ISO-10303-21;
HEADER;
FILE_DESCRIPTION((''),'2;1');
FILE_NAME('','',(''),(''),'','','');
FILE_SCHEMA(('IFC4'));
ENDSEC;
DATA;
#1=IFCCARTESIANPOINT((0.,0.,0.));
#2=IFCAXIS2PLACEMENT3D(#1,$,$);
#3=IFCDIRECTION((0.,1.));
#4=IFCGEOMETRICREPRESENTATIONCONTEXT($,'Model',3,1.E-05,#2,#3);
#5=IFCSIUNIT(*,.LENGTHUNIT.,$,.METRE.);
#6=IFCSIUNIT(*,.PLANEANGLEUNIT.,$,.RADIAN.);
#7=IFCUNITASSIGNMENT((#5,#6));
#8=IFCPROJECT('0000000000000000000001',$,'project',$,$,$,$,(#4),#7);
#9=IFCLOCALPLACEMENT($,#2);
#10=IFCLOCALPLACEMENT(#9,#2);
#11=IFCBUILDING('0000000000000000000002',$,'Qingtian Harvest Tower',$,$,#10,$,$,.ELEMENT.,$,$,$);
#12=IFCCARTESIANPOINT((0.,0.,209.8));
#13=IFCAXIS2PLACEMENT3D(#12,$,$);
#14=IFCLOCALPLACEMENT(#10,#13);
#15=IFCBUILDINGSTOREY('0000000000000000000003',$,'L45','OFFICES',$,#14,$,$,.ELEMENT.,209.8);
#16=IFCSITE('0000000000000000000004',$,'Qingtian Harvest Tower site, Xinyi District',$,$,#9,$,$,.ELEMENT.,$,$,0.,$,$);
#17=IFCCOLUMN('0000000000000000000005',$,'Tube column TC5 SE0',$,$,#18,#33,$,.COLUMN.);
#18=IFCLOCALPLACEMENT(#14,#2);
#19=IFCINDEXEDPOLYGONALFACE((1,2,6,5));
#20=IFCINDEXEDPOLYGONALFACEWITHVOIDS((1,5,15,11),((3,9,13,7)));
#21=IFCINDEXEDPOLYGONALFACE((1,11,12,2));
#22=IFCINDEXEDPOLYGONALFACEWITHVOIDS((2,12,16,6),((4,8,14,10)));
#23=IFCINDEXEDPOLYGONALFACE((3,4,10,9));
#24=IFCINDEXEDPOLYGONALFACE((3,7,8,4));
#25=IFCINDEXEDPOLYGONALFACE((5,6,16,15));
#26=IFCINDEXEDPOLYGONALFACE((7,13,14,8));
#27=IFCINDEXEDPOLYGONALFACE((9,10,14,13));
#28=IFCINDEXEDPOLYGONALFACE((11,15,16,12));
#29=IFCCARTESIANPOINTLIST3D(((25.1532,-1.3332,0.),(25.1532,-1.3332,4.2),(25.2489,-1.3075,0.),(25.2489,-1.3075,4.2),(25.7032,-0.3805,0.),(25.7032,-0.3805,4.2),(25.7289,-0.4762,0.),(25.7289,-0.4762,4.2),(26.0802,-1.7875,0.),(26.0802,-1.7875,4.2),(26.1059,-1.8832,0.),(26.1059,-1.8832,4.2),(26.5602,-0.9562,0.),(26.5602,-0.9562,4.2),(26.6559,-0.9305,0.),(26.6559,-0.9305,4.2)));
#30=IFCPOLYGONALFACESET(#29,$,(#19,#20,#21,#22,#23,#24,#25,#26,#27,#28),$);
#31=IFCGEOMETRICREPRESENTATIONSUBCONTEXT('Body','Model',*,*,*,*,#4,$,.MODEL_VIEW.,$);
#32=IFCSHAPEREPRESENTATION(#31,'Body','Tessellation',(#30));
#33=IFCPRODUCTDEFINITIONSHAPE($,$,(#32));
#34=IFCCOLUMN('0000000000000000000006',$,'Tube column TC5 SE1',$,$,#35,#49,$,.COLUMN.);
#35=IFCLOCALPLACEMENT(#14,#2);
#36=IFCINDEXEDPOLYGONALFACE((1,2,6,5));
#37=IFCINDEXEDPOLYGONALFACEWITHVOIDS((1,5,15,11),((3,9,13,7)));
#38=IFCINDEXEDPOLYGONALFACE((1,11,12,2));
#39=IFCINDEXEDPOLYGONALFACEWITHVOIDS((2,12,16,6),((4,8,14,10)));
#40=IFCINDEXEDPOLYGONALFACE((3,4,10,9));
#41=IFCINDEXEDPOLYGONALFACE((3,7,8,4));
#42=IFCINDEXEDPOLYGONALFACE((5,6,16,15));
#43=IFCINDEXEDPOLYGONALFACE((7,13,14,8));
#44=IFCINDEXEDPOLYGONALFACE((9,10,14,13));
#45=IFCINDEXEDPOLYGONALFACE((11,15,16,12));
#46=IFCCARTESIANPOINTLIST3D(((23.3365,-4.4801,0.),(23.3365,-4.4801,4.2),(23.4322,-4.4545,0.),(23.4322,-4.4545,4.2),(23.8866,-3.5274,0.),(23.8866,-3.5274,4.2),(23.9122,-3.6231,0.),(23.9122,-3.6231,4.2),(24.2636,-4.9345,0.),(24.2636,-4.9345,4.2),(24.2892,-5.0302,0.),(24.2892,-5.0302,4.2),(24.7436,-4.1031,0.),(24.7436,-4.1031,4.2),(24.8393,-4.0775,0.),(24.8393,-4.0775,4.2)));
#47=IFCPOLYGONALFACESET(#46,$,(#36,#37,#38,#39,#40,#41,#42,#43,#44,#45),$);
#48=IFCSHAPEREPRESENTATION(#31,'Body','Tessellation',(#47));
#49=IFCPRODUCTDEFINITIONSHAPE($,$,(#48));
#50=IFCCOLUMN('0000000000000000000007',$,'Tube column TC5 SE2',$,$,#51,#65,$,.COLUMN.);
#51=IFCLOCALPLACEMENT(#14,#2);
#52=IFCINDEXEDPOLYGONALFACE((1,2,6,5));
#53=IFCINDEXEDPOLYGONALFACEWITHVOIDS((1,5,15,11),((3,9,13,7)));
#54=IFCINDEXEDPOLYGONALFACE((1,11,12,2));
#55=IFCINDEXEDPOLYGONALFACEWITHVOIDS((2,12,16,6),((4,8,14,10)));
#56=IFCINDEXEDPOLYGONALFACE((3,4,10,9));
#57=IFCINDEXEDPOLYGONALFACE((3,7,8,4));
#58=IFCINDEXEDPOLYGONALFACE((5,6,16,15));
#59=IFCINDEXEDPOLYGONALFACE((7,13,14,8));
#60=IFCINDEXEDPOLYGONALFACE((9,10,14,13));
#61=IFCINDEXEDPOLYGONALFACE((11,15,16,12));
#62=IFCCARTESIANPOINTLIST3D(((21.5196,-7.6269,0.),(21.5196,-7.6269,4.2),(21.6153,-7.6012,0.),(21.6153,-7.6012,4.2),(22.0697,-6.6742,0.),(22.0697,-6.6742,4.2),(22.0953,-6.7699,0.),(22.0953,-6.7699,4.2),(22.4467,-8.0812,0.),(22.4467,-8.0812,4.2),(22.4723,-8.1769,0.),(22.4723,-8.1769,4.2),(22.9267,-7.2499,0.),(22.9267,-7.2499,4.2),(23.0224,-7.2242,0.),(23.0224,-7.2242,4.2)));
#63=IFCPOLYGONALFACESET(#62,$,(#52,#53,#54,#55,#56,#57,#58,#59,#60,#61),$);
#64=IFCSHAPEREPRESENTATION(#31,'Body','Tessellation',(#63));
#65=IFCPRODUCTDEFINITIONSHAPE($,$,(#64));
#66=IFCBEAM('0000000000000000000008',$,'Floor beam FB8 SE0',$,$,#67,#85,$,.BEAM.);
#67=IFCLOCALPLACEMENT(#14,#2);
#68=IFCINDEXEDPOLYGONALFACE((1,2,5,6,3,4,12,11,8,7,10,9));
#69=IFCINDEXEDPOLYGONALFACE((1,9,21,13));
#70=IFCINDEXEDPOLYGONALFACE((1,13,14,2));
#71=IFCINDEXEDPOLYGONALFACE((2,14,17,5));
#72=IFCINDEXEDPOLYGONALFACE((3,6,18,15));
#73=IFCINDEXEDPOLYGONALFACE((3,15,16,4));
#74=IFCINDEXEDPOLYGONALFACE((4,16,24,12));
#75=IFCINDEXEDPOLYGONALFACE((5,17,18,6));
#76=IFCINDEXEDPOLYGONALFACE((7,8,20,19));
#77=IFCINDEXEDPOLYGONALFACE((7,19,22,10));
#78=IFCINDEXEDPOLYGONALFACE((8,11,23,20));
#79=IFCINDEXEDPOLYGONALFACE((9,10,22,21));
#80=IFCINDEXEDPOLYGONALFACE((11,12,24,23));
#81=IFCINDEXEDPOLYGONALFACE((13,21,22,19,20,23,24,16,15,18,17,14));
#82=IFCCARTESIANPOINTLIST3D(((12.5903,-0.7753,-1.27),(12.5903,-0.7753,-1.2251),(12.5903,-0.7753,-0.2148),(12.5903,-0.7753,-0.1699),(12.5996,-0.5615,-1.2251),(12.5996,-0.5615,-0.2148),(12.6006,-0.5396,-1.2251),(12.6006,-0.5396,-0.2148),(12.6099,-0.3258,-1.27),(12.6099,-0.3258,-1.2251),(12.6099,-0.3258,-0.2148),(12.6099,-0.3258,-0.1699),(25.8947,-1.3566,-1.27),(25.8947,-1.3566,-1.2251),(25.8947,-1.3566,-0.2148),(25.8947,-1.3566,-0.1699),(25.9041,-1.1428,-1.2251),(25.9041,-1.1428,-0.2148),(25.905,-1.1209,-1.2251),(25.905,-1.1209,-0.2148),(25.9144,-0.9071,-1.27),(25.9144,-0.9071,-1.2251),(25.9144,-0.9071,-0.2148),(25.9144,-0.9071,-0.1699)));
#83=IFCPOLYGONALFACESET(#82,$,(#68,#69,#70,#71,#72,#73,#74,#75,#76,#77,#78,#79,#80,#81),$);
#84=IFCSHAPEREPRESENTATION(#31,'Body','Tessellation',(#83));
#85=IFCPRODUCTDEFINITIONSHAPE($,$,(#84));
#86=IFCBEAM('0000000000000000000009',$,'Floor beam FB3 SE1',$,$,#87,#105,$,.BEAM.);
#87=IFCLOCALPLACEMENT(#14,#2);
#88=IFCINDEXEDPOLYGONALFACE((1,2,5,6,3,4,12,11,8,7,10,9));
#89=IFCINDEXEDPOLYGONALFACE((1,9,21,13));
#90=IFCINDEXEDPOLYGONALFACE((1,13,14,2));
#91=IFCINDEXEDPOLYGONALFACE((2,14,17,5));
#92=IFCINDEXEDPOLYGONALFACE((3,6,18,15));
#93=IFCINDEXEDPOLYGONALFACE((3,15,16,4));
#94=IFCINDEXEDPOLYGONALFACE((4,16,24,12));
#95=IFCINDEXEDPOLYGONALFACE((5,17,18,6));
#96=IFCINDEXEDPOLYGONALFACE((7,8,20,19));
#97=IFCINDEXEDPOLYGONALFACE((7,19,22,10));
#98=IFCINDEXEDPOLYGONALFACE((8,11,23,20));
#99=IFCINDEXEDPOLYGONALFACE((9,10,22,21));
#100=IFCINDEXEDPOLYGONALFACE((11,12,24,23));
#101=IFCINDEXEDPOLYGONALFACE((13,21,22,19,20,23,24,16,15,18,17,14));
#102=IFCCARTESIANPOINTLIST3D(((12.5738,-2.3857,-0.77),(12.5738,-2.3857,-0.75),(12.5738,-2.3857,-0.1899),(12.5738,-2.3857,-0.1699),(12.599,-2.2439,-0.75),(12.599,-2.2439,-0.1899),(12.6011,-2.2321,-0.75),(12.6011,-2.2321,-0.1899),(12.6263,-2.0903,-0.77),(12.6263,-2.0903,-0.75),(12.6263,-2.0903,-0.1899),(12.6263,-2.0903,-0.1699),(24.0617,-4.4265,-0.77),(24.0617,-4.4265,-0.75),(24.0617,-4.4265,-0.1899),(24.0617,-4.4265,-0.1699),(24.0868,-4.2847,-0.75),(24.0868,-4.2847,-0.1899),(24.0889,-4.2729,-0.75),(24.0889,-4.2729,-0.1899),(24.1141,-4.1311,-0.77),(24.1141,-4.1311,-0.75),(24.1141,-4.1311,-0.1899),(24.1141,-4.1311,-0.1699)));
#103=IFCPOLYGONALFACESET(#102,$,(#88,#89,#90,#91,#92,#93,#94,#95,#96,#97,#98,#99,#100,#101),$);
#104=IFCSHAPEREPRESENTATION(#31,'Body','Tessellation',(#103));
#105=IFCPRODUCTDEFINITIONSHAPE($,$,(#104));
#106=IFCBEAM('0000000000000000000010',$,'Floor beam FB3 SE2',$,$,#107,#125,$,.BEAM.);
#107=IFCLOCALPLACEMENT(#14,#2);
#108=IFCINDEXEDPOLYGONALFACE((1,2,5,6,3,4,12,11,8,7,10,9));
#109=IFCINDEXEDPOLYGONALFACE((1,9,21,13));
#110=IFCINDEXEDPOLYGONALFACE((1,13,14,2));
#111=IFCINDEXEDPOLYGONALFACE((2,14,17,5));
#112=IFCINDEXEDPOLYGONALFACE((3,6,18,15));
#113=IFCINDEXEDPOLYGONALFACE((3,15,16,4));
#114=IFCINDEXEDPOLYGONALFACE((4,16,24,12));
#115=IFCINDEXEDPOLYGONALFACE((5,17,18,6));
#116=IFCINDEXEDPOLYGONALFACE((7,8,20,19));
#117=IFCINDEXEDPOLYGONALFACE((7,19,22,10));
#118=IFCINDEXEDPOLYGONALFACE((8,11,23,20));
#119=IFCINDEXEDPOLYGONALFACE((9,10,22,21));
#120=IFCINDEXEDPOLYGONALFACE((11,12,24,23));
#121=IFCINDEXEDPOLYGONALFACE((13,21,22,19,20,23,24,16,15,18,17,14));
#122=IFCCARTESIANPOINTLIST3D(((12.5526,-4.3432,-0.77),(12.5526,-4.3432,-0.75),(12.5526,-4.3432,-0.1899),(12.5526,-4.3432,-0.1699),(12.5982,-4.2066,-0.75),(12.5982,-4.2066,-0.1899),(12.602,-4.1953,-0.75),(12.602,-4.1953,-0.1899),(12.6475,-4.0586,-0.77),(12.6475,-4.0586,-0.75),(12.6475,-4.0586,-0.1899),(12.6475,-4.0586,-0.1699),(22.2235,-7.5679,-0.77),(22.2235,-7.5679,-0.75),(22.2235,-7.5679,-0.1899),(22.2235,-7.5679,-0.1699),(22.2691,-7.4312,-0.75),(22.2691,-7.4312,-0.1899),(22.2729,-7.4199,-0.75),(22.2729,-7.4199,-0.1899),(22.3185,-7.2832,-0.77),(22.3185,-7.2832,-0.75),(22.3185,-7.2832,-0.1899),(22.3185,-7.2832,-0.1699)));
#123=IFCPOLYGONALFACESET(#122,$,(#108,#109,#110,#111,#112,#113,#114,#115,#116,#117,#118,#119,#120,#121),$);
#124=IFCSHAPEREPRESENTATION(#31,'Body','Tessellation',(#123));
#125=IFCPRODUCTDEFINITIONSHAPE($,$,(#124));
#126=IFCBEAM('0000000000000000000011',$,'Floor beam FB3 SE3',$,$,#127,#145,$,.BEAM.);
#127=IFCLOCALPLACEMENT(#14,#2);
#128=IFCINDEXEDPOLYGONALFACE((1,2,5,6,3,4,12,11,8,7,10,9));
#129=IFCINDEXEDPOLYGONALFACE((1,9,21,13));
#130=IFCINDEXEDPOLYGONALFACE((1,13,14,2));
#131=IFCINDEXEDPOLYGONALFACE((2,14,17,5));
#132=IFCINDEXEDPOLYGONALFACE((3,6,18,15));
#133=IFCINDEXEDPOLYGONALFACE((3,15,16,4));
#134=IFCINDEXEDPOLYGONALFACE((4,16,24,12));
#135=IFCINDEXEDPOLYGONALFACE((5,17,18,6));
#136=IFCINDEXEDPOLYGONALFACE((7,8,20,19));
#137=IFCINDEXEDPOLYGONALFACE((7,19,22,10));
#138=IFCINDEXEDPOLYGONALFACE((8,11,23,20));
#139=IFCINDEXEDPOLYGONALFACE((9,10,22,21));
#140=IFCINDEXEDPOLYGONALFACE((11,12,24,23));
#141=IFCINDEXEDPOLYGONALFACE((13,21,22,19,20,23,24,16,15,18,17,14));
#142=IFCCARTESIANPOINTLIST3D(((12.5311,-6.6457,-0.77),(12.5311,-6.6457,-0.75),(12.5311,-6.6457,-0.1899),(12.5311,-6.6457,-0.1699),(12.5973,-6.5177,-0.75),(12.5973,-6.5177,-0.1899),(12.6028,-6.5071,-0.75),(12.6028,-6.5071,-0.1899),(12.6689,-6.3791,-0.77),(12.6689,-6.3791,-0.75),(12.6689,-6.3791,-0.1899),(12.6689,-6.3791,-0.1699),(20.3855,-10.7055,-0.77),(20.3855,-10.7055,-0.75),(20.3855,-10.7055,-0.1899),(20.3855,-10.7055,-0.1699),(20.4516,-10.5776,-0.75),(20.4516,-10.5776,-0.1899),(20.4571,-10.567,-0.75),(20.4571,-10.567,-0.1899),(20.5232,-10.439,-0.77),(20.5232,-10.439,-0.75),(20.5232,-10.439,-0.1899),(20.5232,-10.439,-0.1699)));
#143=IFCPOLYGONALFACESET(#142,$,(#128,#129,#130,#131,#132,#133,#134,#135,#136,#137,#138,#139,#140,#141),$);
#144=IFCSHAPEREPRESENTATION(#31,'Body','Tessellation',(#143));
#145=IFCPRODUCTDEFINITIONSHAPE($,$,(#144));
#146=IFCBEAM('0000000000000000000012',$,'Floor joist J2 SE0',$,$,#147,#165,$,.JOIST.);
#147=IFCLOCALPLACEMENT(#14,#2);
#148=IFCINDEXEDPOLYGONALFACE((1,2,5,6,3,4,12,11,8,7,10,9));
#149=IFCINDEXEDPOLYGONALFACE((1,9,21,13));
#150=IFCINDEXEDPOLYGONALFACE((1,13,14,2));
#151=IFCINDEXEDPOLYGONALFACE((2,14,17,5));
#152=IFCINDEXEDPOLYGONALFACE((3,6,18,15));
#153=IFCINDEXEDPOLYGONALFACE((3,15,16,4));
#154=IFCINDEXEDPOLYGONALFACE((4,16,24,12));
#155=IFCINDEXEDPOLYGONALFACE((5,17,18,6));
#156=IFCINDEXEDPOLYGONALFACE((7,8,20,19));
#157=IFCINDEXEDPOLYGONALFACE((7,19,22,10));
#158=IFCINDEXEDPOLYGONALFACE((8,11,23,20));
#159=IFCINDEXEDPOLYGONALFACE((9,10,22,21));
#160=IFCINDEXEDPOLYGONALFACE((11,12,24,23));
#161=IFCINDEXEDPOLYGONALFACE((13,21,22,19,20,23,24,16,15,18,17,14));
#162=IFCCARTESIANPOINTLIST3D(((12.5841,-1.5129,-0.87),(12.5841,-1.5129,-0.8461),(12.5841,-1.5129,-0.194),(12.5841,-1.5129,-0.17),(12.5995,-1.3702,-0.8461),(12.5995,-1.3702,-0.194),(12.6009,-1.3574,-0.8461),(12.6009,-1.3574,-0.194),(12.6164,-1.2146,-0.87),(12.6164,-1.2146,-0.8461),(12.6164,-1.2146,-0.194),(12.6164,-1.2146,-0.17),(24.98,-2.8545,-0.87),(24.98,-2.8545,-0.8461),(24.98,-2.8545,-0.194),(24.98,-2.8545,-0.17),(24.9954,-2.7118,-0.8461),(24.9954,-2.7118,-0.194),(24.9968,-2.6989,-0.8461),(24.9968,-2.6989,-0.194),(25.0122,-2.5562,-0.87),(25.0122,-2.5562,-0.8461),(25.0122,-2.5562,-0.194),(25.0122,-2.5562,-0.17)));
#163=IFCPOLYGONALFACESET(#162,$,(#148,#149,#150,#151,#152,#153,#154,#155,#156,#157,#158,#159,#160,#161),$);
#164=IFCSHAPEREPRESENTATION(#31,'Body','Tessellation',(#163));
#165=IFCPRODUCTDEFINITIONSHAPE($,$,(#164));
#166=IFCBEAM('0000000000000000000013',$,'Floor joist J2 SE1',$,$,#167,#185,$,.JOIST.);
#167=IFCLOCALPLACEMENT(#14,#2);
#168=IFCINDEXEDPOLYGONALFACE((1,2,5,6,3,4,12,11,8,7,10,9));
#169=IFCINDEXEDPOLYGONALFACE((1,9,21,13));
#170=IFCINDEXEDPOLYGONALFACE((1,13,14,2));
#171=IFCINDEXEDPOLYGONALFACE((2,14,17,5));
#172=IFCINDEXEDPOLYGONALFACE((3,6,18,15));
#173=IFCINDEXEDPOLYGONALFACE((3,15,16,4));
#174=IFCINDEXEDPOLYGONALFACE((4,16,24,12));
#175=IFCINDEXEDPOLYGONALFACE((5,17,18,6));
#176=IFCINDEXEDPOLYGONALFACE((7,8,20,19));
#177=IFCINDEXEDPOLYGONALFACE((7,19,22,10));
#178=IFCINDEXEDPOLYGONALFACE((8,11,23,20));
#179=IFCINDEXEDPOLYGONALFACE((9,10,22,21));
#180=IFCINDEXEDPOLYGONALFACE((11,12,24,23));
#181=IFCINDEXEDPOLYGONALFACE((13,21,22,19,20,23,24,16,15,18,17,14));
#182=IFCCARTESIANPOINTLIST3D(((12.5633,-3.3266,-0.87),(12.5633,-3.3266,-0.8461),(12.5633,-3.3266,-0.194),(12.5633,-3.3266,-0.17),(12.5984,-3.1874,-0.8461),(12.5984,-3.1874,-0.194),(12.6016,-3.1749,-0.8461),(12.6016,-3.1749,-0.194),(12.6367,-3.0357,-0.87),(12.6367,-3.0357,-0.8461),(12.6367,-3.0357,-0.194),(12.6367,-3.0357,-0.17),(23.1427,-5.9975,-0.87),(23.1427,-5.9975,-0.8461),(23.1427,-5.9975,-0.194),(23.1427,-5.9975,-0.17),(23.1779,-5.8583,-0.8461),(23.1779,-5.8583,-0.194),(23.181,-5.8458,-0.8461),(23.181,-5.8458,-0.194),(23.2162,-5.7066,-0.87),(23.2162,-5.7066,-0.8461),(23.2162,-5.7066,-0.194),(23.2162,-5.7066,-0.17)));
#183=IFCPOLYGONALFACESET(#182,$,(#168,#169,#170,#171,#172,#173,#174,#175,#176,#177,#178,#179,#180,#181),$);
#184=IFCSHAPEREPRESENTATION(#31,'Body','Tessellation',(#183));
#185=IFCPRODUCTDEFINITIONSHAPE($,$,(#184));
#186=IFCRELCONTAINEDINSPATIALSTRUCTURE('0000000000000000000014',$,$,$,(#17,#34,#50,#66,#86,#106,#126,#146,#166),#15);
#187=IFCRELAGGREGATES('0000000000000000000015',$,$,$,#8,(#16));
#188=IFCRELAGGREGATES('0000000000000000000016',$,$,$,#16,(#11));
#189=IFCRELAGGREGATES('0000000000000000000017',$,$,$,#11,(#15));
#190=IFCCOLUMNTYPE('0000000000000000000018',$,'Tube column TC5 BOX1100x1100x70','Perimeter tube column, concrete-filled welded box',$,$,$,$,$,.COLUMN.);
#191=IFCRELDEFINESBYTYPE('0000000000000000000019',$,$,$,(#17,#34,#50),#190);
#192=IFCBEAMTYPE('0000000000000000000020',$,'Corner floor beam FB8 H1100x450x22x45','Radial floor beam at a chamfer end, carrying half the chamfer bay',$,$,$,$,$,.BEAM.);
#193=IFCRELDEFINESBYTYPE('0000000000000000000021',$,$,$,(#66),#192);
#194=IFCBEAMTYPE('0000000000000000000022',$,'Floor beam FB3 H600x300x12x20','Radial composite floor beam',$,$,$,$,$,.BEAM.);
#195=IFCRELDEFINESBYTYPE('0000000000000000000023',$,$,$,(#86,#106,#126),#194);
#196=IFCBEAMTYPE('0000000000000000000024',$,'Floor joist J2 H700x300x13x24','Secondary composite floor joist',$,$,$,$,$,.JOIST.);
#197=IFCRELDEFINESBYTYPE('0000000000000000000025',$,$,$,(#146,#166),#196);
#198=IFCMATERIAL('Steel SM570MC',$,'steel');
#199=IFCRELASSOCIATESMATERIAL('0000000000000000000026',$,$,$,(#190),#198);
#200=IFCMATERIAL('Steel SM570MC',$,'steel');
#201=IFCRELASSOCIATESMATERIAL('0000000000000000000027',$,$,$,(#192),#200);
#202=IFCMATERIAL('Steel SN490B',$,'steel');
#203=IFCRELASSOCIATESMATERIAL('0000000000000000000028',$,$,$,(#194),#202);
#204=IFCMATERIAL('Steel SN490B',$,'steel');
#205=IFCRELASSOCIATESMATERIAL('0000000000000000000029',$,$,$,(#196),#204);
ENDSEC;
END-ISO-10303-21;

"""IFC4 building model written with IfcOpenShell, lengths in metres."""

from ifc_helpers import new_model, si_unit, direction, frame, origin, origin_2d, place, context, subcontext, project, spatial, hollow_rectangle, i_section, extrude, material, material_profile, profile_set, type_object, element, save


model = new_model("IFC4")

# Units and contexts
model_context = context("Model", 3, precision=1e-05, world=origin(), true_north=direction((0.0, 1.0)))
body_context = subcontext(model_context, "Body", "Model", "MODEL_VIEW")
ifc_project = project(units=[si_unit("LENGTHUNIT", "METRE"), si_unit("PLANEANGLEUNIT", "RADIAN")], contexts=[model_context])

# Site, building, storey
site_placement = place(None, origin())
site = spatial("IfcSite", under=ifc_project, at=site_placement, Name="Qingtian Harvest Tower site, Xinyi District", CompositionType="ELEMENT", RefElevation=0.0)
building_placement = place(site_placement, origin())
building = spatial("IfcBuilding", under=site, at=building_placement, Name="Qingtian Harvest Tower", CompositionType="ELEMENT")
storey_placement = place(building_placement, frame((0.0, 0.0, 209.8)))
storey = spatial("IfcBuildingStorey", under=building, at=storey_placement, Name="L45", Description="OFFICES", CompositionType="ELEMENT", Elevation=209.8)

# Columns
ifc_material_1 = material(Name="Steel SM570MC", Category="steel")
ifc_material_profile_1 = material_profile(ifc_material_1, hollow_rectangle(XDim=1.1001, YDim=1.1001, WallThickness=0.0701, at=origin_2d()), Name="BOX1100x1100x70")
ifc_profile_set_1 = profile_set([ifc_material_profile_1], Name="Steel SM570MC")
column_type = type_object("IfcColumnType", Name="Tube column TC5 BOX1100x1100x70", Description="Perimeter tube column, concrete-filled welded box", PredefinedType="COLUMN", material=ifc_profile_set_1)
for number, where, z_axis, x_axis, name in (
    (1, (25.9045, -1.1318, 0.0), (0.0, 0.0, 1.0), (0.5, 0.866025, 0.0), "Tube column TC5 SE0"),
    (2, (24.0879, -4.2788, 0.0), (0.0, 0.0, 1.0), (0.5, 0.866025, 0.0), "Tube column TC5 SE1"),
    (3, (22.271, -7.4255, 0.0), (0.0, 0.0, 1.0), (0.5, 0.866025, 0.0), "Tube column TC5 SE2"),
):
    element("IfcColumn", number, at=place(storey_placement, frame(where, z_axis=z_axis, x_axis=x_axis)), inside=storey, type_object=column_type, Name=name, PredefinedType="COLUMN", context=body_context, shape_type="SweptSolid", body=[
        extrude(hollow_rectangle(XDim=1.1001, YDim=1.1001, WallThickness=0.0701, at=origin_2d()), origin(), (0.0, 0.0, 1.0), 4.2),
    ])

# Beams
ifc_material_2 = material(Name="Steel SM570MC", Category="steel")
ifc_material_profile_2 = material_profile(ifc_material_2, i_section(OverallWidth=0.45, OverallDepth=1.1001, WebThickness=0.022, FlangeThickness=0.0449, at=origin_2d()), Name="H1100x450x22x45")
ifc_profile_set_2 = profile_set([ifc_material_profile_2], Name="Steel SM570MC")
beam_type_1 = type_object("IfcBeamType", Name="Corner floor beam FB8 H1100x450x22x45", Description="Radial floor beam at a chamfer end, carrying half the chamfer bay", PredefinedType="BEAM", material=ifc_profile_set_2)
beam_1_placement = place(storey_placement, frame((25.9045, -1.1318, -0.72), z_axis=(-0.999047, 0.04365, 0.0), x_axis=(-0.04365, -0.999047, 0.0)))
element("IfcBeam", 4, at=beam_1_placement, inside=storey, type_object=beam_type_1, Name="Floor beam FB8 SE0", PredefinedType="BEAM", context=body_context, shape_type="SweptSolid", body=[
    extrude(i_section(OverallWidth=0.45, OverallDepth=1.1001, WebThickness=0.022, FlangeThickness=0.0449, at=origin_2d()), origin(), (0.0, 0.0, 1.0), 13.3171),
])
ifc_material_3 = material(Name="Steel SN490B", Category="steel")
ifc_material_profile_3 = material_profile(ifc_material_3, i_section(OverallWidth=0.3, OverallDepth=0.6001, WebThickness=0.012, FlangeThickness=0.02, at=origin_2d()), Name="H600x300x12x20")
ifc_profile_set_3 = profile_set([ifc_material_profile_3], Name="Steel SN490B")
beam_type_2 = type_object("IfcBeamType", Name="Floor beam FB3 H600x300x12x20", Description="Radial composite floor beam", PredefinedType="BEAM", material=ifc_profile_set_3)
beam_2_placement = place(storey_placement, frame((24.0879, -4.2788, -0.47), z_axis=(-0.984585, 0.174908, 0.0), x_axis=(-0.174908, -0.984585, 0.0)))
element("IfcBeam", 5, at=beam_2_placement, inside=storey, type_object=beam_type_2, Name="Floor beam FB3 SE1", PredefinedType="BEAM", context=body_context, shape_type="SweptSolid", body=[
    extrude(i_section(OverallWidth=0.3, OverallDepth=0.6001, WebThickness=0.012, FlangeThickness=0.02, at=origin_2d()), origin(), (0.0, 0.0, 1.0), 11.6677),
])
beam_3_placement = place(storey_placement, frame((22.271, -7.4255, -0.47), z_axis=(-0.948655, 0.316314, 0.0), x_axis=(-0.316314, -0.948655, 0.0)))
element("IfcBeam", 6, at=beam_3_placement, inside=storey, type_object=beam_type_2, Name="Floor beam FB3 SE2", PredefinedType="BEAM", context=body_context, shape_type="SweptSolid", body=[
    extrude(i_section(OverallWidth=0.3, OverallDepth=0.6001, WebThickness=0.012, FlangeThickness=0.02, at=origin_2d()), origin(), (0.0, 0.0, 1.0), 10.1943),
])
beam_4_placement = place(storey_placement, frame((20.4543, -10.5723, -0.47), z_axis=(-0.888344, 0.45918, 0.0), x_axis=(-0.45918, -0.888344, 0.0)))
element("IfcBeam", 7, at=beam_4_placement, inside=storey, type_object=beam_type_2, Name="Floor beam FB3 SE3", PredefinedType="BEAM", context=body_context, shape_type="SweptSolid", body=[
    extrude(i_section(OverallWidth=0.3, OverallDepth=0.6001, WebThickness=0.012, FlangeThickness=0.02, at=origin_2d()), origin(), (0.0, 0.0, 1.0), 8.8416),
])
ifc_material_4 = material(Name="Steel SN490B", Category="steel")
ifc_material_profile_4 = material_profile(ifc_material_4, i_section(OverallWidth=0.3, OverallDepth=0.7, WebThickness=0.0129, FlangeThickness=0.0239, at=origin_2d()), Name="H700x300x13x24")
ifc_profile_set_4 = profile_set([ifc_material_profile_4], Name="Steel SN490B")
beam_type_3 = type_object("IfcBeamType", Name="Floor joist J2 H700x300x13x24", Description="Secondary composite floor joist", PredefinedType="JOIST", material=ifc_profile_set_4)
beam_5_placement = place(storey_placement, frame((24.9961, -2.7053, -0.52), z_axis=(-0.994195, 0.107596, 0.0), x_axis=(-0.107596, -0.994195, 0.0)))
element("IfcBeam", 8, at=beam_5_placement, inside=storey, type_object=beam_type_3, Name="Floor joist J2 SE0", PredefinedType="JOIST", context=body_context, shape_type="SweptSolid", body=[
    extrude(i_section(OverallWidth=0.3, OverallDepth=0.7, WebThickness=0.0129, FlangeThickness=0.0239, at=origin_2d()), origin(), (0.0, 0.0, 1.0), 12.4683),
])
beam_6_placement = place(storey_placement, frame((23.1794, -5.8521, -0.52), z_axis=(-0.969578, 0.244783, 0.0), x_axis=(-0.244783, -0.969578, 0.0)))
element("IfcBeam", 9, at=beam_6_placement, inside=storey, type_object=beam_type_3, Name="Floor joist J2 SE1", PredefinedType="JOIST", context=body_context, shape_type="SweptSolid", body=[
    extrude(i_section(OverallWidth=0.3, OverallDepth=0.7, WebThickness=0.0129, FlangeThickness=0.0239, at=origin_2d()), origin(), (0.0, 0.0, 1.0), 10.9114),
])

save(model, "model.ifc")
